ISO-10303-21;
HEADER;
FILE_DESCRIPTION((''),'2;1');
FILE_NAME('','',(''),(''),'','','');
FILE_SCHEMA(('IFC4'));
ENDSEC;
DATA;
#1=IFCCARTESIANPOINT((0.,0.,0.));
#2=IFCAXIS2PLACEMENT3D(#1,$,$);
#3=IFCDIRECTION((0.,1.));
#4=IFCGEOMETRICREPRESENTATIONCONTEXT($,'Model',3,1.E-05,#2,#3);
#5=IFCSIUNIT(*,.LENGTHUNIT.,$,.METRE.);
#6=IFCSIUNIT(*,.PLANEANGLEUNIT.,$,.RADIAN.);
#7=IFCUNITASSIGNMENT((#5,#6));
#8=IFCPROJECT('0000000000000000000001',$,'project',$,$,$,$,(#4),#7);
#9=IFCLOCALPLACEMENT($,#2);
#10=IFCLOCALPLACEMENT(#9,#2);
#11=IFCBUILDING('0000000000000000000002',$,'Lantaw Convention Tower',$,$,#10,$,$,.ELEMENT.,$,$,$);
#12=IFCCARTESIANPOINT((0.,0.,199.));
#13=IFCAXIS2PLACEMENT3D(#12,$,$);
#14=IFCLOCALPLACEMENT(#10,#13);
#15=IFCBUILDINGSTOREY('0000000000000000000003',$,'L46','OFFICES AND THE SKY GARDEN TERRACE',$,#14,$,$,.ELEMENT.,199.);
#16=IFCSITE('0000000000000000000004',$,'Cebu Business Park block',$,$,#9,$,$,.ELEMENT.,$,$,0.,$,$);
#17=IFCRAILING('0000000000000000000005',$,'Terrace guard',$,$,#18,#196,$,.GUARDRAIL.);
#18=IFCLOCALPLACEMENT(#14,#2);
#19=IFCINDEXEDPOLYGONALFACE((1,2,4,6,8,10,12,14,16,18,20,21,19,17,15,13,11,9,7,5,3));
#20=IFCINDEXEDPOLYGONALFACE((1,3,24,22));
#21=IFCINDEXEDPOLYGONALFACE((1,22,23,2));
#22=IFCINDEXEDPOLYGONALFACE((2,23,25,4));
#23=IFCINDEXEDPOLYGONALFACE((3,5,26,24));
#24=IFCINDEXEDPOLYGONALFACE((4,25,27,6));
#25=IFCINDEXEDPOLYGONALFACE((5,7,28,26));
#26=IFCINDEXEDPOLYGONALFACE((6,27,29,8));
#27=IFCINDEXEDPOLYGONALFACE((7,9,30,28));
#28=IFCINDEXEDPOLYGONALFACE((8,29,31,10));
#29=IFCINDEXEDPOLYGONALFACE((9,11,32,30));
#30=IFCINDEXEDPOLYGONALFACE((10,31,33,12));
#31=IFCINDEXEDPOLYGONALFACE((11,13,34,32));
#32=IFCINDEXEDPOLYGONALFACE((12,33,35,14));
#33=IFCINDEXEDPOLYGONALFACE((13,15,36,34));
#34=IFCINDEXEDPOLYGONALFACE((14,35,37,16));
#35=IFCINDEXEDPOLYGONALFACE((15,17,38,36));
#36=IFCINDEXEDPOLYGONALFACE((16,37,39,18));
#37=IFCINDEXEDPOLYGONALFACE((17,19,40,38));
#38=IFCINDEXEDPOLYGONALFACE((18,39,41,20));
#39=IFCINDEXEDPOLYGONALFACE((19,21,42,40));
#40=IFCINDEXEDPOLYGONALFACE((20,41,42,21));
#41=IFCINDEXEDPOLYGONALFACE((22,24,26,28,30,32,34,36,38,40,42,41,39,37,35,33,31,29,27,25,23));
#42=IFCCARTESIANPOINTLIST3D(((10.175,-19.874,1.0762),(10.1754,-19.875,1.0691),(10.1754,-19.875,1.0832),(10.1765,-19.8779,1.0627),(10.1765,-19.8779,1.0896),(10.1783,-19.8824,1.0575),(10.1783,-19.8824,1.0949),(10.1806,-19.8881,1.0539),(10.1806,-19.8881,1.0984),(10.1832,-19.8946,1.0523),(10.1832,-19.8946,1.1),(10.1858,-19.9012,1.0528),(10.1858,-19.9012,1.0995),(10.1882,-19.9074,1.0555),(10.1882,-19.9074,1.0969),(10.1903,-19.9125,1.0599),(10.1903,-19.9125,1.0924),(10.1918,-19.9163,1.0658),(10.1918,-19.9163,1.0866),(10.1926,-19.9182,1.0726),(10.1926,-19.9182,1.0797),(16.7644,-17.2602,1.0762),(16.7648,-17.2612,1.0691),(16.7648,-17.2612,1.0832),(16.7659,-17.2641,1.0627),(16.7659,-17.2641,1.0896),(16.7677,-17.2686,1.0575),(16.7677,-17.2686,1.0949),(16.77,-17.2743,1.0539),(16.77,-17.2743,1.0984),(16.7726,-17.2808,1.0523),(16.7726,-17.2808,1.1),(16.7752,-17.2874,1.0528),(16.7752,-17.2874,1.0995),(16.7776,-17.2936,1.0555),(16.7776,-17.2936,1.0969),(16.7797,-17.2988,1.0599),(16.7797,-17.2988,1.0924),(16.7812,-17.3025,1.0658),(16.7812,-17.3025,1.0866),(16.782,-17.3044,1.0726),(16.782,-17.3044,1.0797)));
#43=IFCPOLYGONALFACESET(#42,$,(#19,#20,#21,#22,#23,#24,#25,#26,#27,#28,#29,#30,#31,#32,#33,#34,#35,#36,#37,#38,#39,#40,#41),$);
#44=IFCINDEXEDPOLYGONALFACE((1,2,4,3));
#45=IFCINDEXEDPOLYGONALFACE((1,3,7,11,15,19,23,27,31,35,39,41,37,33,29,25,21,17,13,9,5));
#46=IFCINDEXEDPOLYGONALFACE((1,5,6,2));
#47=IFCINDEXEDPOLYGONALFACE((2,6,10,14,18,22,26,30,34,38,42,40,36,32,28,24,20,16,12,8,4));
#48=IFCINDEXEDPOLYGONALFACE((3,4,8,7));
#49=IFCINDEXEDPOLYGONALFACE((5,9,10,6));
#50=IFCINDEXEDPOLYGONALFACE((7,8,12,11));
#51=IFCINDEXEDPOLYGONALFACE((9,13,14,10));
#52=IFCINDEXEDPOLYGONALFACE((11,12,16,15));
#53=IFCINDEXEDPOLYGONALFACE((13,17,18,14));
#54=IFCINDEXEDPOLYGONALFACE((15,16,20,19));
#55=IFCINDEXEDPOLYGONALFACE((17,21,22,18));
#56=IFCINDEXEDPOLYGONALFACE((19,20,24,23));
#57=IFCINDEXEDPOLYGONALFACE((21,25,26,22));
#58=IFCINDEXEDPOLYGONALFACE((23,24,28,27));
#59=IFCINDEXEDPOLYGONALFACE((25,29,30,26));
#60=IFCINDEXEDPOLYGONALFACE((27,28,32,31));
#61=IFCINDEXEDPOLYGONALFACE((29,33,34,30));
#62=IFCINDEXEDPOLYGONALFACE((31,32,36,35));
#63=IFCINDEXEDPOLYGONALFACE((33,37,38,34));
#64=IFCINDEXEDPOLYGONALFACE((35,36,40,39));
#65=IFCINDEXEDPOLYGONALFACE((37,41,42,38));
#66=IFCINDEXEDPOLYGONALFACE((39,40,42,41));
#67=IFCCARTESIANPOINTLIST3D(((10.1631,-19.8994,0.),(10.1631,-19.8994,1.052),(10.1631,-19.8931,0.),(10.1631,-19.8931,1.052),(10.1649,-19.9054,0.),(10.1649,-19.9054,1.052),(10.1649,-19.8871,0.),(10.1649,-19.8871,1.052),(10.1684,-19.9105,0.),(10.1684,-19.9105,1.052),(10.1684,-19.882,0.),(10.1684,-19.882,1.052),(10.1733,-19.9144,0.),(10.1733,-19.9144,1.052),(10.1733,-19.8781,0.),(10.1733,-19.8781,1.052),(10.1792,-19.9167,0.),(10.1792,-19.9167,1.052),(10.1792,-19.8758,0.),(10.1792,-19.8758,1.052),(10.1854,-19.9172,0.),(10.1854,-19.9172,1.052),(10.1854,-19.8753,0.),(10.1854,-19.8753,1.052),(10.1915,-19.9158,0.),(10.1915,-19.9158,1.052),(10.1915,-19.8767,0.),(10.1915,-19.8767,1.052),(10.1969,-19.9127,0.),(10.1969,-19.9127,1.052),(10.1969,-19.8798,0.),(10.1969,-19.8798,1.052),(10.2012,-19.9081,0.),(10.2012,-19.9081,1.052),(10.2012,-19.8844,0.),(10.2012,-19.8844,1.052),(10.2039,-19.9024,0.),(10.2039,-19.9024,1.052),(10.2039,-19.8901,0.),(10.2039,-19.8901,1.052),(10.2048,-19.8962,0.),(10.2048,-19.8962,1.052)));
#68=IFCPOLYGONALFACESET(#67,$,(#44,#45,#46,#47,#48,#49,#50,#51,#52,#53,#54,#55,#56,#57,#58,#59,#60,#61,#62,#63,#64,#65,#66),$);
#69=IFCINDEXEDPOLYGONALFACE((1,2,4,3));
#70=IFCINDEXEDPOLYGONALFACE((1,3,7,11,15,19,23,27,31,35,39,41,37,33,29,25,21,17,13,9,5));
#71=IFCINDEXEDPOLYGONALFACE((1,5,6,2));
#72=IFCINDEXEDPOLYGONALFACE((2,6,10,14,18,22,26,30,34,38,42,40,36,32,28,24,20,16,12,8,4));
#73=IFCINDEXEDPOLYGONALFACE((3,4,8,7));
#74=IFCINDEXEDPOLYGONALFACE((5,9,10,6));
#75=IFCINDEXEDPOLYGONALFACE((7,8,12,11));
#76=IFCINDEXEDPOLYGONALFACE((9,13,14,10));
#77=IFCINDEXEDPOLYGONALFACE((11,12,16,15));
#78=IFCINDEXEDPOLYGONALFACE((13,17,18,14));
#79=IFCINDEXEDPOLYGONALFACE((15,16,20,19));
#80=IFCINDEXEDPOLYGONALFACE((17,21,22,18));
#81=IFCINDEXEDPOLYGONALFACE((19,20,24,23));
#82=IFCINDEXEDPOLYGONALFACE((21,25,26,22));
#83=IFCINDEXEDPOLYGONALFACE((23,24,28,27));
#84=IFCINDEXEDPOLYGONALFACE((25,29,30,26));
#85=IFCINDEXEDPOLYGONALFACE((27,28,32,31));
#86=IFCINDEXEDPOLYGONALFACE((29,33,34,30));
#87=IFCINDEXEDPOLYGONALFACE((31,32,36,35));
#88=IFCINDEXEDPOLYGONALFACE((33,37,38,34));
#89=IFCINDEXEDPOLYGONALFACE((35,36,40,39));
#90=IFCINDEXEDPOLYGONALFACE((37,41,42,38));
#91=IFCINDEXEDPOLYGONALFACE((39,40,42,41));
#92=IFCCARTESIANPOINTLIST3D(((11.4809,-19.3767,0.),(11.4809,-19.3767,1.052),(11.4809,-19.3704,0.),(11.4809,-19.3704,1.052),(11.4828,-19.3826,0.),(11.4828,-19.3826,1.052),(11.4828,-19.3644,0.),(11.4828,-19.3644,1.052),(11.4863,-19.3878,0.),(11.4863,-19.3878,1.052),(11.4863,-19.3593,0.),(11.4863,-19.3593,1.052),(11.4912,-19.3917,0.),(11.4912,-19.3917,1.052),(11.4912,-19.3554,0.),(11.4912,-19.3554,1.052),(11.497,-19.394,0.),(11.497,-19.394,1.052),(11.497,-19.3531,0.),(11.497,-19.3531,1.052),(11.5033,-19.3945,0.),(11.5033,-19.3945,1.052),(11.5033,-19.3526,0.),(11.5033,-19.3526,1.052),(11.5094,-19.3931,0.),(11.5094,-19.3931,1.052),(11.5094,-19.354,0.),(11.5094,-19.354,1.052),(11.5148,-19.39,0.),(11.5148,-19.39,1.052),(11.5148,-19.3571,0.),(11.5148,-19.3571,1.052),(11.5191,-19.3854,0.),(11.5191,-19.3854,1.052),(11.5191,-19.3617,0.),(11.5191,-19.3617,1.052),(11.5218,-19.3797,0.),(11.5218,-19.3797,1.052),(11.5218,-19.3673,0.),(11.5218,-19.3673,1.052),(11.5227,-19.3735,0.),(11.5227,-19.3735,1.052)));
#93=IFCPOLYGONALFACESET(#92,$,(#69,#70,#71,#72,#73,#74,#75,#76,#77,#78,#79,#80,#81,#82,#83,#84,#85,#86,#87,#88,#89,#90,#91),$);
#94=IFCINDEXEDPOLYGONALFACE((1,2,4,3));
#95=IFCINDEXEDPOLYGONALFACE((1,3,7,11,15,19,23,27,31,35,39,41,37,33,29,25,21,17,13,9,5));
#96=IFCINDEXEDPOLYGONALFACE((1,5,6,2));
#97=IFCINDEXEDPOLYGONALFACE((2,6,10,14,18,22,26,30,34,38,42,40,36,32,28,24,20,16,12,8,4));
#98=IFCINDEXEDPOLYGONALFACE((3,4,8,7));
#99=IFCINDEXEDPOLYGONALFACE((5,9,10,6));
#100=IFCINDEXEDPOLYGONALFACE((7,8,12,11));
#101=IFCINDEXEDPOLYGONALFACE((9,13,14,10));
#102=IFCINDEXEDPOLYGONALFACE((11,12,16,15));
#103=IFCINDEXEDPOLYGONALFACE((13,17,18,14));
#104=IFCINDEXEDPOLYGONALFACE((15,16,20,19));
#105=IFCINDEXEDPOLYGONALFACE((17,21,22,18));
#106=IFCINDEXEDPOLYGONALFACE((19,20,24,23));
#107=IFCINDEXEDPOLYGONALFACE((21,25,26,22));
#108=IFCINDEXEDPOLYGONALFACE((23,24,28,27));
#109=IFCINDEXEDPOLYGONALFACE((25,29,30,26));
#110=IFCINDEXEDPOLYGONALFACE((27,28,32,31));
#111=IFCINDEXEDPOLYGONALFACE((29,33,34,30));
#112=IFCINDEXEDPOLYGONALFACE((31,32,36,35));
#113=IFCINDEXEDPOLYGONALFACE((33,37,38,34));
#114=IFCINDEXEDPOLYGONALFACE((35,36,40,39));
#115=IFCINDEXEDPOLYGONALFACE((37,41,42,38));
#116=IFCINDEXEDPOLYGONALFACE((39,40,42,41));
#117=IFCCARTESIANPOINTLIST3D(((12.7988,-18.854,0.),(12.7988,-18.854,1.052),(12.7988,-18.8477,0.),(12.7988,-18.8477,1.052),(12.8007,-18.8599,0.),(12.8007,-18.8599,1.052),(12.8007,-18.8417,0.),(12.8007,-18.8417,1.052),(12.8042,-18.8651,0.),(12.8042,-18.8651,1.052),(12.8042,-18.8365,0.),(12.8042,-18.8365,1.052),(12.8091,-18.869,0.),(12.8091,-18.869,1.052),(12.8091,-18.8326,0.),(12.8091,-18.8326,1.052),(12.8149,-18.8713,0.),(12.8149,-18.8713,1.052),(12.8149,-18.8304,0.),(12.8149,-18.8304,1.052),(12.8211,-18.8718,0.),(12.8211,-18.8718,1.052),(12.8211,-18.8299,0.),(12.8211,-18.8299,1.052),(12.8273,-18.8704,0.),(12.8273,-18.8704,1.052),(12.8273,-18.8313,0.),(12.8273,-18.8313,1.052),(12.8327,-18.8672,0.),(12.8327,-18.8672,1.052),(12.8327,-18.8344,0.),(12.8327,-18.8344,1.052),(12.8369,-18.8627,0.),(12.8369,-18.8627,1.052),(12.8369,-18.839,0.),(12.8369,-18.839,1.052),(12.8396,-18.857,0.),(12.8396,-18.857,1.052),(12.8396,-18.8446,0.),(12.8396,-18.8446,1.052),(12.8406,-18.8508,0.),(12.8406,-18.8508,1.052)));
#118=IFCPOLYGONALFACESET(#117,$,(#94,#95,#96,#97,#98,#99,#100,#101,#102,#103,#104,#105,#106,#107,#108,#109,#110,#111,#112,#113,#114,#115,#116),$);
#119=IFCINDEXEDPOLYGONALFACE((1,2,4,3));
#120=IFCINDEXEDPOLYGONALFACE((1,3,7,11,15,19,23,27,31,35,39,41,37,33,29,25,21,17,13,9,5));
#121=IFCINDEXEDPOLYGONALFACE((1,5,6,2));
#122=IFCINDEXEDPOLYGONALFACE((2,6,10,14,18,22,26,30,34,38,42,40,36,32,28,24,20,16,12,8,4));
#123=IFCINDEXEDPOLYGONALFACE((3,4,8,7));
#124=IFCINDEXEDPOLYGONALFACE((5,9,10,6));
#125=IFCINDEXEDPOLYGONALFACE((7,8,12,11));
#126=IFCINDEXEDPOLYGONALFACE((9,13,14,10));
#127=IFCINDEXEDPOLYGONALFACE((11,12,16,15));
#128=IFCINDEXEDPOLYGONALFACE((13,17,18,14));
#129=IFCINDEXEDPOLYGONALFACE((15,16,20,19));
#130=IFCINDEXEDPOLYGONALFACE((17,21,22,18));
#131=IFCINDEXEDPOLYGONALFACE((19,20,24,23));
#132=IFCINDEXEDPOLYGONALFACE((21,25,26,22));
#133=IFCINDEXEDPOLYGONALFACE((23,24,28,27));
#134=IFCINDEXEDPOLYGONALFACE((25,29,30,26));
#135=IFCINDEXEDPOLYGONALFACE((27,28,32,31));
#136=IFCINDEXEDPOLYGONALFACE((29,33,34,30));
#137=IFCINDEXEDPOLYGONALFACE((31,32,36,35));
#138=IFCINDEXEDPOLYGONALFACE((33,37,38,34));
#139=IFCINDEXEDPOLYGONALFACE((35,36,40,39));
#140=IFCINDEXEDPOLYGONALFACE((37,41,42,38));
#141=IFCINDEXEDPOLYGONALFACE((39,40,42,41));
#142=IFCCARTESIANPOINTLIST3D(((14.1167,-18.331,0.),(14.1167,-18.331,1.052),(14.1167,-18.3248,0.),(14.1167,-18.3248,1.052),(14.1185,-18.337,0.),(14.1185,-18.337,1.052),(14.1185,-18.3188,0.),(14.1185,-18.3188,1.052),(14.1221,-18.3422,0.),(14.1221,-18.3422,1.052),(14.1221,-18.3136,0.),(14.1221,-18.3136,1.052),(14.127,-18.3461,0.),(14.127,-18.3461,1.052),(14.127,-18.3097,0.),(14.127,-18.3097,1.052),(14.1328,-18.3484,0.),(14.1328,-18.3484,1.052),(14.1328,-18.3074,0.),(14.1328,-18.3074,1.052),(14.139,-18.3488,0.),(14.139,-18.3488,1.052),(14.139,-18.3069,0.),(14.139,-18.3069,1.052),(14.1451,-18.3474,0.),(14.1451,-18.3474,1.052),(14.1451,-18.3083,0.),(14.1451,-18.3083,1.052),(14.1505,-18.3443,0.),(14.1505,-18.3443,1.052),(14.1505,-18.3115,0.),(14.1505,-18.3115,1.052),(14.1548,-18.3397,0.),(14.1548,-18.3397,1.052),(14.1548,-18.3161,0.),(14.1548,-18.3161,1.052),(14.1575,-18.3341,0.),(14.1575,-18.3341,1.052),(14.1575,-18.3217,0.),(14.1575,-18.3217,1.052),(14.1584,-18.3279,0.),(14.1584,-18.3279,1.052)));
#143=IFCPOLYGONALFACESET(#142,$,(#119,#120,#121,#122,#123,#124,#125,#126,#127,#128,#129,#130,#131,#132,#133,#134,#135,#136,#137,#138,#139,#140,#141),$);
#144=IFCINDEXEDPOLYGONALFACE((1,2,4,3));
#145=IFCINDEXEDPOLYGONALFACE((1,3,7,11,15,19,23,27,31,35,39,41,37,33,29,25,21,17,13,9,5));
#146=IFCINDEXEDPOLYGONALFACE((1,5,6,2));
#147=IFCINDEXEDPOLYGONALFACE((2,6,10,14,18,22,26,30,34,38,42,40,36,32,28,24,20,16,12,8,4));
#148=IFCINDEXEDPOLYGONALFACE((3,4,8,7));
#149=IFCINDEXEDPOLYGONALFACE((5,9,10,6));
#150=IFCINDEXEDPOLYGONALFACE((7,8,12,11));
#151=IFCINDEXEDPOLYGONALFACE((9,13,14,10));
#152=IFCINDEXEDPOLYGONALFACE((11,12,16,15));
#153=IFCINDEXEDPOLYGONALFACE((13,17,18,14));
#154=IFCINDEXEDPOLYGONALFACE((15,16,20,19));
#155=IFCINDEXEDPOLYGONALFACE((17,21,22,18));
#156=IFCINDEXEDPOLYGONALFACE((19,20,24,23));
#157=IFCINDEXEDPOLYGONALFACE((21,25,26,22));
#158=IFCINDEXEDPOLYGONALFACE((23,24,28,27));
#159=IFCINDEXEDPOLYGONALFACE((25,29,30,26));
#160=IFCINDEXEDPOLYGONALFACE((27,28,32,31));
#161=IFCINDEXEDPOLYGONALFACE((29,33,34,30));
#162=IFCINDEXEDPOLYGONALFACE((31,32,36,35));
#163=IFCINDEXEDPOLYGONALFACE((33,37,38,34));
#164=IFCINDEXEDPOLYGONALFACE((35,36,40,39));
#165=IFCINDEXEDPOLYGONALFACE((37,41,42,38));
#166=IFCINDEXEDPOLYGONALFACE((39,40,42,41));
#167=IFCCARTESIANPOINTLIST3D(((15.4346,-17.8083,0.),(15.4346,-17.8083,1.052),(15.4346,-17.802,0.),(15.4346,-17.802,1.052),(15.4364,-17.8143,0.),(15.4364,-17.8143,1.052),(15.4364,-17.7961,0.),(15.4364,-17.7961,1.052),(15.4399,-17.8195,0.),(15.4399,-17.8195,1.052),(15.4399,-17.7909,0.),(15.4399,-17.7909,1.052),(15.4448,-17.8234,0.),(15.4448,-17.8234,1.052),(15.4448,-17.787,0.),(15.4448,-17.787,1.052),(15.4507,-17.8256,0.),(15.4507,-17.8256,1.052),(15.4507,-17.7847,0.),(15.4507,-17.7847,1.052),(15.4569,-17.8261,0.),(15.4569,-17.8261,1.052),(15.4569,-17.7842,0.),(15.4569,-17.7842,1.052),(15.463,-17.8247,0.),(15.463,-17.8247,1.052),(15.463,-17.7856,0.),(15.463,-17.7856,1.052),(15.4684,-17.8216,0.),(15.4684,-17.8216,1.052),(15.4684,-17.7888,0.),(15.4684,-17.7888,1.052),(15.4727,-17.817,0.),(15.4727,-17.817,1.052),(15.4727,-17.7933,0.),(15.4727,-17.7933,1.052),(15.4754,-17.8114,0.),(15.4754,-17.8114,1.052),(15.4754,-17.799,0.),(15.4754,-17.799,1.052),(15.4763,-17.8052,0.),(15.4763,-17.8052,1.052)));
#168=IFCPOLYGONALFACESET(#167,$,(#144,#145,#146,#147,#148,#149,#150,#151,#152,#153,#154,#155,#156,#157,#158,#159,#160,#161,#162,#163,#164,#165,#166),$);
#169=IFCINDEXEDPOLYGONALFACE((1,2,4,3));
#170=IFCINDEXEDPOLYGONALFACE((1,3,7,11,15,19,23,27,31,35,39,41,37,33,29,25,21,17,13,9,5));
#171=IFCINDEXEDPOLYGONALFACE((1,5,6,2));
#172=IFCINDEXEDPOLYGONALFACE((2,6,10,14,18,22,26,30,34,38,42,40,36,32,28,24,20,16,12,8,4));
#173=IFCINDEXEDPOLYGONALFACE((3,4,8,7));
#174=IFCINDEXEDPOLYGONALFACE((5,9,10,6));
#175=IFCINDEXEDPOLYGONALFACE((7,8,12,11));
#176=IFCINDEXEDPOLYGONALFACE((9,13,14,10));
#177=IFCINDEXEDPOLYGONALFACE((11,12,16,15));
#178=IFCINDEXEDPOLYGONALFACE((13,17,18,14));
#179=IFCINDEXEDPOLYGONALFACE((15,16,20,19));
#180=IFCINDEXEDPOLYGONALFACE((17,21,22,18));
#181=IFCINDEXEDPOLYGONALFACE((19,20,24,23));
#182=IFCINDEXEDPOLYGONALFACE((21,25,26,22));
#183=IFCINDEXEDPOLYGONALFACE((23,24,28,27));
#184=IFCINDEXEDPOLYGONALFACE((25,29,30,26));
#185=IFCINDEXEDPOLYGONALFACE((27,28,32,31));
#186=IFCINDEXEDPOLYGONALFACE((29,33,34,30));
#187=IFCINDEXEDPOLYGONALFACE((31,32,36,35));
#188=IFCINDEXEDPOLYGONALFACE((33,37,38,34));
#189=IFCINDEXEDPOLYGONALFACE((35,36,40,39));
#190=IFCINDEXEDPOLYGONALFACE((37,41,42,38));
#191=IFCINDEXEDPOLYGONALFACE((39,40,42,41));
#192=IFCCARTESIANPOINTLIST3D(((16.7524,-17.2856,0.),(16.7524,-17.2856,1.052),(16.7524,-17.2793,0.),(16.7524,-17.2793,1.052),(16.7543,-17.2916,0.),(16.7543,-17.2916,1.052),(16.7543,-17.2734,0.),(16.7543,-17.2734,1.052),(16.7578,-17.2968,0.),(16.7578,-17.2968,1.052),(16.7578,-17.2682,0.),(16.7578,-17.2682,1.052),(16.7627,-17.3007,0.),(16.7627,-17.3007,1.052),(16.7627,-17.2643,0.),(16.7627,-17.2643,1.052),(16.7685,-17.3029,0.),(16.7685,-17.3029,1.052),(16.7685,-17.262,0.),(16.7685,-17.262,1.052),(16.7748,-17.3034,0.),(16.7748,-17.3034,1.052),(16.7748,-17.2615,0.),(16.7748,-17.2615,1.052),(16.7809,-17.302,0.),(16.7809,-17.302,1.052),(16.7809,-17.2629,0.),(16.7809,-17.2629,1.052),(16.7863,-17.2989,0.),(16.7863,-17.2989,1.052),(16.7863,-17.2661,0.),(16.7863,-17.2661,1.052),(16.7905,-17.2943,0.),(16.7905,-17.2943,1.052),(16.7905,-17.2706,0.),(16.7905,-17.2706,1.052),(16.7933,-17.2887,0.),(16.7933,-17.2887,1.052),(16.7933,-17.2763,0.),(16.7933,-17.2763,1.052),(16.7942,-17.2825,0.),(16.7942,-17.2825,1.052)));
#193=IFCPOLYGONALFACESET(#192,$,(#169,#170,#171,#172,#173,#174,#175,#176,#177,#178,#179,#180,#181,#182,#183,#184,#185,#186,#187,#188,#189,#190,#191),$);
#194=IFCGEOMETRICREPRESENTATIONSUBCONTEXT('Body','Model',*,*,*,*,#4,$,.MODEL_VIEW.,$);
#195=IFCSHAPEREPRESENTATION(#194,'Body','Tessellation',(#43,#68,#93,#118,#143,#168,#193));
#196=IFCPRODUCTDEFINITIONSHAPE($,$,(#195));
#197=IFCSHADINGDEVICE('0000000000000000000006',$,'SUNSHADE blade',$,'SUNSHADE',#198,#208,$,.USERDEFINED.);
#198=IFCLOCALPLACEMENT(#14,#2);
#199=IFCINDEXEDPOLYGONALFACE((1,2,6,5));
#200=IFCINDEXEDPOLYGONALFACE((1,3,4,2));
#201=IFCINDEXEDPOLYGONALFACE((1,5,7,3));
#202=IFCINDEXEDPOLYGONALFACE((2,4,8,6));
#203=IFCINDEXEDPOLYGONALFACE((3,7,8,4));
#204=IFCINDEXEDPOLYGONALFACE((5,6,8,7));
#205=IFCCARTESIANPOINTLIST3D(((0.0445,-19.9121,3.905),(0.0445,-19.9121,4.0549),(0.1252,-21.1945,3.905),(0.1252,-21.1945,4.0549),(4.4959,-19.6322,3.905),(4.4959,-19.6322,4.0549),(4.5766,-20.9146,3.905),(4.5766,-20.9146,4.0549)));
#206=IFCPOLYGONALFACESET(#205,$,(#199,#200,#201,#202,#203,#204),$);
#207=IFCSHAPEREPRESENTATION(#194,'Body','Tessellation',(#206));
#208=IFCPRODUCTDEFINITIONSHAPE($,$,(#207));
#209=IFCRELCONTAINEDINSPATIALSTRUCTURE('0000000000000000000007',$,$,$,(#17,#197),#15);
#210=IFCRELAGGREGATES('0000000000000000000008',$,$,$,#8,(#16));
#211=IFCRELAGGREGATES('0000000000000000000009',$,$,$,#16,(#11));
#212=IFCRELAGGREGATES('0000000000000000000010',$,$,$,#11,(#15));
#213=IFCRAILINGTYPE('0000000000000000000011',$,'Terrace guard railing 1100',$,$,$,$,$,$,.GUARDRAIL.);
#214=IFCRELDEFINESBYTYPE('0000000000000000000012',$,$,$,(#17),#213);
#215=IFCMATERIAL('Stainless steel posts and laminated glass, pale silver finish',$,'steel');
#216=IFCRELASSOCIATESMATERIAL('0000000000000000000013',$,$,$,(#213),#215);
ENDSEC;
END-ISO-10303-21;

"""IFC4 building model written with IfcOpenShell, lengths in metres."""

from ifc_helpers import new_model, si_unit, direction, frame, origin, origin_2d, place, context, subcontext, project, spatial, rectangle, circle, extrude, material, type_object, element, save


model = new_model("IFC4")

# Units and contexts
model_context = context("Model", 3, precision=1e-05, world=origin(), true_north=direction((0.0, 1.0)))
body_context = subcontext(model_context, "Body", "Model", "MODEL_VIEW")
ifc_project = project(units=[si_unit("LENGTHUNIT", "METRE"), si_unit("PLANEANGLEUNIT", "RADIAN")], contexts=[model_context])

# Site, building, storey
site_placement = place(None, origin())
site = spatial("IfcSite", under=ifc_project, at=site_placement, Name="Cebu Business Park block", CompositionType="ELEMENT", RefElevation=0.0)
building_placement = place(site_placement, origin())
building = spatial("IfcBuilding", under=site, at=building_placement, Name="Lantaw Convention Tower", CompositionType="ELEMENT")
storey_placement = place(building_placement, frame((0.0, 0.0, 199.0)))
storey = spatial("IfcBuildingStorey", under=building, at=storey_placement, Name="L46", Description="OFFICES AND THE SKY GARDEN TERRACE", CompositionType="ELEMENT", Elevation=199.0)

# Railing
ifc_material_1 = material(Name="Stainless steel posts and laminated glass, pale silver finish", Category="steel")
railing_type = type_object("IfcRailingType", Name="Terrace guard railing 1100", PredefinedType="GUARDRAIL", material=ifc_material_1)
railing_1_placement = place(storey_placement, frame((10.1838, -19.8962, 0.0)))
element("IfcRailing", 1, at=railing_1_placement, inside=storey, type_object=railing_type, Name="Terrace guard", PredefinedType="GUARDRAIL", context=body_context, shape_type="SweptSolid", body=[
    extrude(circle(Radius=0.0239, at=origin_2d()), frame((0.0, 0.0, 1.0762), z_axis=(0.929542, 0.368717, 0.0), x_axis=(-0.368717, 0.929542, 0.0)), (0.0, 0.0, 1.0), 7.0889),
    extrude(circle(Radius=0.021, at=origin_2d()), origin(), (0.0, 0.0, 1.0), 1.052),
    extrude(circle(Radius=0.021, at=origin_2d()), frame((1.3179, 0.5227, 0.0)), (0.0, 0.0, 1.0), 1.052),
    extrude(circle(Radius=0.021, at=origin_2d()), frame((2.6357, 1.0454, 0.0)), (0.0, 0.0, 1.0), 1.052),
    extrude(circle(Radius=0.021, at=origin_2d()), frame((3.9536, 1.5684, 0.0)), (0.0, 0.0, 1.0), 1.052),
    extrude(circle(Radius=0.021, at=origin_2d()), frame((5.2715, 2.0911, 0.0)), (0.0, 0.0, 1.0), 1.052),
    extrude(circle(Radius=0.021, at=origin_2d()), frame((6.5894, 2.6138, 0.0)), (0.0, 0.0, 1.0), 1.052),
])

# Shading device
shading_device_1_placement = place(storey_placement, frame((2.3105, -20.4133, 3.905), z_axis=(0.0, 0.0, 1.0), x_axis=(0.998029, 0.062758, 0.0)))
element("IfcShadingDevice", 2, at=shading_device_1_placement, inside=storey, Name="SUNSHADE blade", ObjectType="SUNSHADE", PredefinedType="USERDEFINED", context=body_context, shape_type="SweptSolid", body=[
    extrude(rectangle(XDim=4.4602, YDim=1.2849, at=origin_2d()), origin(), (0.0, 0.0, 1.0), 0.1499),
])

save(model, "model.ifc")
